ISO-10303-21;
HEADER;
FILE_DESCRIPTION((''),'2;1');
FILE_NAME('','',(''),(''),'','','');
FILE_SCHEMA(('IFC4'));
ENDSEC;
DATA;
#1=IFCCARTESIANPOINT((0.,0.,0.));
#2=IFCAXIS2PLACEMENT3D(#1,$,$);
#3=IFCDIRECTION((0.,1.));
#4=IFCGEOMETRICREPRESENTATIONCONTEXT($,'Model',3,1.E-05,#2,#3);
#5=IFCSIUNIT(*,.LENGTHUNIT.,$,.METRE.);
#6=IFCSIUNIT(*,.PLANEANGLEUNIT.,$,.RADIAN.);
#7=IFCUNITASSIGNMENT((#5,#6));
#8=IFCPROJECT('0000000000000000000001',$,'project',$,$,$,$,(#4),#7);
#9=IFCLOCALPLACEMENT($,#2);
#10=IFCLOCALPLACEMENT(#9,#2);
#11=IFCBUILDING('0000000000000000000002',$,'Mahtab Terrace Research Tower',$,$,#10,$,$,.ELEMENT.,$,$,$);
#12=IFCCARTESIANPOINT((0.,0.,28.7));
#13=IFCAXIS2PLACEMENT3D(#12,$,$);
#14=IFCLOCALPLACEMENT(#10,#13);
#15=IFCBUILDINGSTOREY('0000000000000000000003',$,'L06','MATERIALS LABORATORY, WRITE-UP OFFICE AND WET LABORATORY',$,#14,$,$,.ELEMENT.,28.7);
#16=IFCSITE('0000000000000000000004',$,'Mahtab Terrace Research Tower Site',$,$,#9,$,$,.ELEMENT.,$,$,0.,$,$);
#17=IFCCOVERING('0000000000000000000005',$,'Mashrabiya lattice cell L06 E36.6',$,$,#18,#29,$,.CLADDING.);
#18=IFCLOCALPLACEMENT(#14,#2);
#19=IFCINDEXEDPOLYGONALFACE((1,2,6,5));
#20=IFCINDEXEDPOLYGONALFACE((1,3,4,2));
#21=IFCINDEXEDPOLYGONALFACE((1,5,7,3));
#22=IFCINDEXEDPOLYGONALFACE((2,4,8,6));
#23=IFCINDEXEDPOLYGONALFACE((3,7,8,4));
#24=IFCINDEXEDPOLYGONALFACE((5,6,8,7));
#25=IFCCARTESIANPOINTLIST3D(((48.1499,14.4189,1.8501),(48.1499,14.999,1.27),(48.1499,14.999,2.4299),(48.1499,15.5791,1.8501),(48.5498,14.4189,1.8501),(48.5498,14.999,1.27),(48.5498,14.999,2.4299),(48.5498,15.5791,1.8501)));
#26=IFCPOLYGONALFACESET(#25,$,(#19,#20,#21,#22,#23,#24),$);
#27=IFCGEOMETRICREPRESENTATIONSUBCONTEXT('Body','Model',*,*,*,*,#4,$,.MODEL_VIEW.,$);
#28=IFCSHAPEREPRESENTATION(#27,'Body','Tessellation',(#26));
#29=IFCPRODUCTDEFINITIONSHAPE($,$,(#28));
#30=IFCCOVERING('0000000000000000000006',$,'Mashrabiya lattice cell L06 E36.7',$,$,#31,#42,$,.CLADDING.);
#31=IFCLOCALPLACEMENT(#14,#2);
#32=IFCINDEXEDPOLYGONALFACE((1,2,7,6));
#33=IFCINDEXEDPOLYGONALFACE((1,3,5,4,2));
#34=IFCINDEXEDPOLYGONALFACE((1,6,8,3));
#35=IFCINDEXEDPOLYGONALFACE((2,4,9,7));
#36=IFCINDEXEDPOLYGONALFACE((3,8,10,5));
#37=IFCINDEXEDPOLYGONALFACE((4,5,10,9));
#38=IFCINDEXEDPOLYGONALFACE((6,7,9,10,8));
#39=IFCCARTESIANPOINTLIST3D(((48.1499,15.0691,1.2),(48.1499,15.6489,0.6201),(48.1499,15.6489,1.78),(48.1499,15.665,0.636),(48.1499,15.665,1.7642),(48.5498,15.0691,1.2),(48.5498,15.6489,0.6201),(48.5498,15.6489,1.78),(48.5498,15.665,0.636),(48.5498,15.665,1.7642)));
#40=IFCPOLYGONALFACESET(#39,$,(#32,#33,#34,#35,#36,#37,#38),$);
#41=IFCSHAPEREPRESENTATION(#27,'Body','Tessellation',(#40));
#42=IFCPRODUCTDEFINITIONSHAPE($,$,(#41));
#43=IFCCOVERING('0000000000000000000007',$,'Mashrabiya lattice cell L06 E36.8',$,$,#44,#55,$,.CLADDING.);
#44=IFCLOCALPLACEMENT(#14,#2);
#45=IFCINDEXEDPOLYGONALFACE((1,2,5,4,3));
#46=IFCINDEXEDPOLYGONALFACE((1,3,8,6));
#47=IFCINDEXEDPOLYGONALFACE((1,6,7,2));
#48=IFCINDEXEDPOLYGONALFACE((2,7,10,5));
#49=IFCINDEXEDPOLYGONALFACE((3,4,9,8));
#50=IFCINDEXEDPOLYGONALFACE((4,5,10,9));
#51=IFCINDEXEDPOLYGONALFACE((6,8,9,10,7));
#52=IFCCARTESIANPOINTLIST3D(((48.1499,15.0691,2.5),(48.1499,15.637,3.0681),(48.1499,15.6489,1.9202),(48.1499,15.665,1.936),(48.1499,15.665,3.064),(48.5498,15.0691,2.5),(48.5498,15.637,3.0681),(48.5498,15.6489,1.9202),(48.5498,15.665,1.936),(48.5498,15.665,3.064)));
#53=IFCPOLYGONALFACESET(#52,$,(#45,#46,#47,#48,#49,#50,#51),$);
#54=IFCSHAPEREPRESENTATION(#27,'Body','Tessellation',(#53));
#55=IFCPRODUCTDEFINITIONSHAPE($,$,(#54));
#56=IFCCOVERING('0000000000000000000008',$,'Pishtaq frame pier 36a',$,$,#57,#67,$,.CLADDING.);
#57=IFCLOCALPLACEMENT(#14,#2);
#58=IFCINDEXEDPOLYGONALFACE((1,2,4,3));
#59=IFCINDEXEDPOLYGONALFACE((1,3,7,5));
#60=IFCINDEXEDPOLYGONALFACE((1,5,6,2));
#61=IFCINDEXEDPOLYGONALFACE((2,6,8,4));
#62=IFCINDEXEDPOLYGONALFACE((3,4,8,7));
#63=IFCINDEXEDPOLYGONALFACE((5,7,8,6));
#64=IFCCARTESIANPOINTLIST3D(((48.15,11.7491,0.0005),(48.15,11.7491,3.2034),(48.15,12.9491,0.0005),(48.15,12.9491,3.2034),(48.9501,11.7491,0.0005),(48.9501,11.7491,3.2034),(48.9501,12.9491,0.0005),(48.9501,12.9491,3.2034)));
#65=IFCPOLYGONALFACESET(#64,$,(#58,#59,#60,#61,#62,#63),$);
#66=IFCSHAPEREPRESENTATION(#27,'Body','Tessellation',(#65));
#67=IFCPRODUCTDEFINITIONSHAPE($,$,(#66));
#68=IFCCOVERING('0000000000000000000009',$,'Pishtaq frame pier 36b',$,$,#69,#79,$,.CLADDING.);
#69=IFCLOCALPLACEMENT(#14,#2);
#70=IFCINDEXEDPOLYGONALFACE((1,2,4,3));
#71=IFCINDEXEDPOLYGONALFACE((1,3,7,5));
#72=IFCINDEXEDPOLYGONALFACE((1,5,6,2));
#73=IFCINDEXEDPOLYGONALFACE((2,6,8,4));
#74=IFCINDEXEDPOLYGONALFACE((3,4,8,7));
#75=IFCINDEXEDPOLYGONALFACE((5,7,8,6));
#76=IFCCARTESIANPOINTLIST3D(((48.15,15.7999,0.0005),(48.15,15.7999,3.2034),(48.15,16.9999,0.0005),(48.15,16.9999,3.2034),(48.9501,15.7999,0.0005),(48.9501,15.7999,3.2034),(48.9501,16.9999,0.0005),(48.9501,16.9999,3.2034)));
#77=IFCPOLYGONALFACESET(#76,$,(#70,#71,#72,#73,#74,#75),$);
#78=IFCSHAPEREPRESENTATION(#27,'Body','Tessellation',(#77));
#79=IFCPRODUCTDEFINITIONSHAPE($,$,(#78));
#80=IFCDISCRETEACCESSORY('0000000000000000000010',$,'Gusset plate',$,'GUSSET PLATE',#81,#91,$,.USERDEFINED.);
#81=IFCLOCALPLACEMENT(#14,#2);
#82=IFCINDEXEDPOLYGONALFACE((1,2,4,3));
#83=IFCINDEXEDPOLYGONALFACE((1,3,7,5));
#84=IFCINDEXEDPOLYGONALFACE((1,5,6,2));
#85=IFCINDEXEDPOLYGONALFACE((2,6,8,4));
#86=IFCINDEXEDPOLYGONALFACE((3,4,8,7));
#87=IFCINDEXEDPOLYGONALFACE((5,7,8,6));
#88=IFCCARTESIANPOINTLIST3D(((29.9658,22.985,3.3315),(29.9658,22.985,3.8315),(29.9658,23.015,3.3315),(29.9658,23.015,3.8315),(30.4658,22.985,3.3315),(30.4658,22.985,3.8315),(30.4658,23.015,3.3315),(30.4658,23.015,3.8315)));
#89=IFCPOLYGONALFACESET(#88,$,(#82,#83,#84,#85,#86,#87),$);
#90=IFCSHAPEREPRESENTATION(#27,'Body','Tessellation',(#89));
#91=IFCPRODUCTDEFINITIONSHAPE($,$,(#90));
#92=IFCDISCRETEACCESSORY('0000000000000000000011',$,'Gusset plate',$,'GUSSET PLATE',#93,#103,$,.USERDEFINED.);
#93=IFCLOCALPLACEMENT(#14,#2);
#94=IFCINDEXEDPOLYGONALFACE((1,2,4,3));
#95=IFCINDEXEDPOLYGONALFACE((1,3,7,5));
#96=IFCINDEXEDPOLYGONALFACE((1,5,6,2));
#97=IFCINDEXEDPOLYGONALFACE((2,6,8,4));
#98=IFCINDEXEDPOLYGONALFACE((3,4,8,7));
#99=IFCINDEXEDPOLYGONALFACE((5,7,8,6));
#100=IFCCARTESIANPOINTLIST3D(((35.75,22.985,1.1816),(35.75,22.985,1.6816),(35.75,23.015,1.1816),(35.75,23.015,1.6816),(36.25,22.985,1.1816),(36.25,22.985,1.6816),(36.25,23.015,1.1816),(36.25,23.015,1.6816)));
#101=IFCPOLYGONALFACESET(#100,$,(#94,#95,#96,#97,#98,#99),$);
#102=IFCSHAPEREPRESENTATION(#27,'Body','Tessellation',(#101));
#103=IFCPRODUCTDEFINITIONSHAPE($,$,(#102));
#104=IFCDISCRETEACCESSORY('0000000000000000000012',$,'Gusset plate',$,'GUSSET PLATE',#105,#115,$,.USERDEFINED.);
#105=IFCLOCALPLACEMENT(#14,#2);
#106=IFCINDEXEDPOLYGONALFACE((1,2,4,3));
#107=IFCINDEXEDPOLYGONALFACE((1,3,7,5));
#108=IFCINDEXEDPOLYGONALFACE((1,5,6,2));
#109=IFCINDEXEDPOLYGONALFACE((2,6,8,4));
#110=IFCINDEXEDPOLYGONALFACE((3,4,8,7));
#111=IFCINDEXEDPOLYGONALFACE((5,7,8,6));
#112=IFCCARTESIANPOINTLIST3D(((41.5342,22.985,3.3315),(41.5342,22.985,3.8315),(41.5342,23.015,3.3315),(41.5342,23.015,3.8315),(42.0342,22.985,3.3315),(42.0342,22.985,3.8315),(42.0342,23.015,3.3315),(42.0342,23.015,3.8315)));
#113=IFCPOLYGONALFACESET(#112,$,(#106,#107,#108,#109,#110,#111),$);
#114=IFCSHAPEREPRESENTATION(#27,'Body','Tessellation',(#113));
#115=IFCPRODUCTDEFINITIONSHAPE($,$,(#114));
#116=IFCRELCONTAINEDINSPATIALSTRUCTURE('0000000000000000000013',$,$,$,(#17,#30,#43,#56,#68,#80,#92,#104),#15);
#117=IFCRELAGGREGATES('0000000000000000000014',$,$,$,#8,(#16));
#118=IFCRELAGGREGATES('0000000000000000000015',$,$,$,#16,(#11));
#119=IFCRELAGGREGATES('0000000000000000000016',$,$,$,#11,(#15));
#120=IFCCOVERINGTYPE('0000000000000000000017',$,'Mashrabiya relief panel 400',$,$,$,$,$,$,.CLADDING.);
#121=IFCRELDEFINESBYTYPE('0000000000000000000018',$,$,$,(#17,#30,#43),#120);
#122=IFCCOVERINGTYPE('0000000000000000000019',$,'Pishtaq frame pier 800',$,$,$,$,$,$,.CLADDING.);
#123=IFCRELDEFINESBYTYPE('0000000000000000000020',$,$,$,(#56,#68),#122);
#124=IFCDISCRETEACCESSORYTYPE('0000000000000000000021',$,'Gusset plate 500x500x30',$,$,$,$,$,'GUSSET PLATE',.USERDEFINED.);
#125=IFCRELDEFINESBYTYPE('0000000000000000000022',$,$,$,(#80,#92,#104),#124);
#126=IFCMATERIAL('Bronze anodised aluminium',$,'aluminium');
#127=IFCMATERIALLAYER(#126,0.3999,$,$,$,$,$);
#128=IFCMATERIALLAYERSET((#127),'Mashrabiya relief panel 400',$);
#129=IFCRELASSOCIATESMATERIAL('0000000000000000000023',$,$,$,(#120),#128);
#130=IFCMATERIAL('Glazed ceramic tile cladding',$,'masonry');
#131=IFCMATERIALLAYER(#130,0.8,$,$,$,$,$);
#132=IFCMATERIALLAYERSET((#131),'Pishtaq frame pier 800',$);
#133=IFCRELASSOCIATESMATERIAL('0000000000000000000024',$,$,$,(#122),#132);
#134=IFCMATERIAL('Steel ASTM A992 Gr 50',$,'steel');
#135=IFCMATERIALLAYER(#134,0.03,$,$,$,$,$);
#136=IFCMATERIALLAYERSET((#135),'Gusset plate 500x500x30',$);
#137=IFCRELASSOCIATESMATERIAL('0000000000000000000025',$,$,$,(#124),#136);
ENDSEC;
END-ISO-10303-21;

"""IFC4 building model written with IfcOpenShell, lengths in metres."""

from ifc_helpers import new_model, si_unit, direction, frame, origin, origin_2d, place, context, subcontext, project, spatial, polyline, rectangle, outline, extrude, material, layer, layer_set, type_object, element, save


model = new_model("IFC4")

# Units and contexts
model_context = context("Model", 3, precision=1e-05, world=origin(), true_north=direction((0.0, 1.0)))
body_context = subcontext(model_context, "Body", "Model", "MODEL_VIEW")
ifc_project = project(units=[si_unit("LENGTHUNIT", "METRE"), si_unit("PLANEANGLEUNIT", "RADIAN")], contexts=[model_context])

# Site, building, storey
site_placement = place(None, origin())
site = spatial("IfcSite", under=ifc_project, at=site_placement, Name="Mahtab Terrace Research Tower Site", CompositionType="ELEMENT", RefElevation=0.0)
building_placement = place(site_placement, origin())
building = spatial("IfcBuilding", under=site, at=building_placement, Name="Mahtab Terrace Research Tower", CompositionType="ELEMENT")
storey_placement = place(building_placement, frame((0.0, 0.0, 28.7)))
storey = spatial("IfcBuildingStorey", under=building, at=storey_placement, Name="L06", Description="MATERIALS LABORATORY, WRITE-UP OFFICE AND WET LABORATORY", CompositionType="ELEMENT", Elevation=28.7)

# Shared definitions
ifc_material_1 = material(Name="Steel ASTM A992 Gr 50", Category="steel")

# Coverings
ifc_material_2 = material(Name="Bronze anodised aluminium", Category="aluminium")
ifc_layer_1 = layer(ifc_material_2, 0.3999)
ifc_layer_set_1 = layer_set([ifc_layer_1], Name="Mashrabiya relief panel 400")
covering_type_1 = type_object("IfcCoveringType", Name="Mashrabiya relief panel 400", PredefinedType="CLADDING", material=ifc_layer_set_1)
covering_1_placement = place(storey_placement, frame((48.1499, 14.999, 2.4299), z_axis=(-1.0, 0.0, 0.0), x_axis=(0.0, 0.707256, -0.706958)))
element("IfcCovering", 1, at=covering_1_placement, inside=storey, type_object=covering_type_1, Name="Mashrabiya lattice cell L06 E36.6", PredefinedType="CLADDING", context=body_context, shape_type="SweptSolid", body=[
    extrude(outline(polyline([(0.0, 0.0), (0.8202, 0.0), (0.82, 0.8204), (-0.0003, 0.8202), (0.0, 0.0)])), origin(), (0.0, 0.0, -1.0), 0.3999),
])
covering_2_placement = place(storey_placement, frame((48.1499, 15.6489, 0.6201), z_axis=(-1.0, 0.0, 0.0), x_axis=(0.0, -0.707107, 0.707107)))
element("IfcCovering", 2, at=covering_2_placement, inside=storey, type_object=covering_type_1, Name="Mashrabiya lattice cell L06 E36.7", PredefinedType="CLADDING", context=body_context, shape_type="SweptSolid", body=[
    extrude(outline(polyline([(0.0, 0.0), (0.82, 0.0), (0.8202, 0.8202), (0.7976, 0.8204), (-0.0002, 0.0226), (0.0, 0.0)])), origin(), (0.0, 0.0, -1.0), 0.3999),
])
covering_3_placement = place(storey_placement, frame((48.1499, 15.6489, 1.9202), z_axis=(-1.0, 0.0, 0.0), x_axis=(0.0, -0.707107, 0.707107)))
element("IfcCovering", 3, at=covering_3_placement, inside=storey, type_object=covering_type_1, Name="Mashrabiya lattice cell L06 E36.8", PredefinedType="CLADDING", context=body_context, shape_type="SweptSolid", body=[
    extrude(outline(polyline([(0.0, 0.0), (0.82, 0.0), (0.8202, 0.8033), (0.7974, 0.8202), (-0.0002, 0.0226), (0.0, 0.0)])), origin(), (0.0, 0.0, -1.0), 0.3999),
])
ifc_material_3 = material(Name="Glazed ceramic tile cladding", Category="masonry")
ifc_layer_2 = layer(ifc_material_3, 0.8)
ifc_layer_set_2 = layer_set([ifc_layer_2], Name="Pishtaq frame pier 800")
covering_type_2 = type_object("IfcCoveringType", Name="Pishtaq frame pier 800", PredefinedType="CLADDING", material=ifc_layer_set_2)
for number, where, z_axis, x_axis, name in (
    (4, (48.55, 12.3491, 0.0005), (0.0, 0.0, 1.0), (0.0, 1.0, 0.0), "Pishtaq frame pier 36a"),
    (5, (48.55, 16.3999, 0.0005), (0.0, 0.0, 1.0), (0.0, 1.0, 0.0), "Pishtaq frame pier 36b"),
):
    element("IfcCovering", number, at=place(storey_placement, frame(where, z_axis=z_axis, x_axis=x_axis)), inside=storey, type_object=covering_type_2, Name=name, PredefinedType="CLADDING", context=body_context, shape_type="SweptSolid", body=[
        extrude(rectangle(XDim=1.2, YDim=0.8, at=origin_2d()), origin(), (0.0, 0.0, 1.0), 3.2029),
    ])

# Discrete accessories
ifc_layer_3 = layer(ifc_material_1, 0.03)
ifc_layer_set_3 = layer_set([ifc_layer_3], Name="Gusset plate 500x500x30")
discrete_accessory_type = type_object("IfcDiscreteAccessoryType", Name="Gusset plate 500x500x30", ElementType="GUSSET PLATE", PredefinedType="USERDEFINED", material=ifc_layer_set_3)
for number, where, z_axis, x_axis, name in (
    (6, (30.2158, 23.0, 3.3315), (0.0, 0.0, 1.0), (1.0, 0.0, 0.0), "Gusset plate"),
    (7, (36.0, 23.0, 1.1816), (0.0, 0.0, 1.0), (1.0, 0.0, 0.0), "Gusset plate"),
    (8, (41.7842, 23.0, 3.3315), (0.0, 0.0, 1.0), (1.0, 0.0, 0.0), "Gusset plate"),
):
    element("IfcDiscreteAccessory", number, at=place(storey_placement, frame(where, z_axis=z_axis, x_axis=x_axis)), inside=storey, type_object=discrete_accessory_type, Name=name, ObjectType="GUSSET PLATE", PredefinedType="USERDEFINED", context=body_context, shape_type="SweptSolid", body=[
        extrude(rectangle(XDim=0.5, YDim=0.03, at=origin_2d()), origin(), (0.0, 0.0, 1.0), 0.5),
    ])

save(model, "model.ifc")
